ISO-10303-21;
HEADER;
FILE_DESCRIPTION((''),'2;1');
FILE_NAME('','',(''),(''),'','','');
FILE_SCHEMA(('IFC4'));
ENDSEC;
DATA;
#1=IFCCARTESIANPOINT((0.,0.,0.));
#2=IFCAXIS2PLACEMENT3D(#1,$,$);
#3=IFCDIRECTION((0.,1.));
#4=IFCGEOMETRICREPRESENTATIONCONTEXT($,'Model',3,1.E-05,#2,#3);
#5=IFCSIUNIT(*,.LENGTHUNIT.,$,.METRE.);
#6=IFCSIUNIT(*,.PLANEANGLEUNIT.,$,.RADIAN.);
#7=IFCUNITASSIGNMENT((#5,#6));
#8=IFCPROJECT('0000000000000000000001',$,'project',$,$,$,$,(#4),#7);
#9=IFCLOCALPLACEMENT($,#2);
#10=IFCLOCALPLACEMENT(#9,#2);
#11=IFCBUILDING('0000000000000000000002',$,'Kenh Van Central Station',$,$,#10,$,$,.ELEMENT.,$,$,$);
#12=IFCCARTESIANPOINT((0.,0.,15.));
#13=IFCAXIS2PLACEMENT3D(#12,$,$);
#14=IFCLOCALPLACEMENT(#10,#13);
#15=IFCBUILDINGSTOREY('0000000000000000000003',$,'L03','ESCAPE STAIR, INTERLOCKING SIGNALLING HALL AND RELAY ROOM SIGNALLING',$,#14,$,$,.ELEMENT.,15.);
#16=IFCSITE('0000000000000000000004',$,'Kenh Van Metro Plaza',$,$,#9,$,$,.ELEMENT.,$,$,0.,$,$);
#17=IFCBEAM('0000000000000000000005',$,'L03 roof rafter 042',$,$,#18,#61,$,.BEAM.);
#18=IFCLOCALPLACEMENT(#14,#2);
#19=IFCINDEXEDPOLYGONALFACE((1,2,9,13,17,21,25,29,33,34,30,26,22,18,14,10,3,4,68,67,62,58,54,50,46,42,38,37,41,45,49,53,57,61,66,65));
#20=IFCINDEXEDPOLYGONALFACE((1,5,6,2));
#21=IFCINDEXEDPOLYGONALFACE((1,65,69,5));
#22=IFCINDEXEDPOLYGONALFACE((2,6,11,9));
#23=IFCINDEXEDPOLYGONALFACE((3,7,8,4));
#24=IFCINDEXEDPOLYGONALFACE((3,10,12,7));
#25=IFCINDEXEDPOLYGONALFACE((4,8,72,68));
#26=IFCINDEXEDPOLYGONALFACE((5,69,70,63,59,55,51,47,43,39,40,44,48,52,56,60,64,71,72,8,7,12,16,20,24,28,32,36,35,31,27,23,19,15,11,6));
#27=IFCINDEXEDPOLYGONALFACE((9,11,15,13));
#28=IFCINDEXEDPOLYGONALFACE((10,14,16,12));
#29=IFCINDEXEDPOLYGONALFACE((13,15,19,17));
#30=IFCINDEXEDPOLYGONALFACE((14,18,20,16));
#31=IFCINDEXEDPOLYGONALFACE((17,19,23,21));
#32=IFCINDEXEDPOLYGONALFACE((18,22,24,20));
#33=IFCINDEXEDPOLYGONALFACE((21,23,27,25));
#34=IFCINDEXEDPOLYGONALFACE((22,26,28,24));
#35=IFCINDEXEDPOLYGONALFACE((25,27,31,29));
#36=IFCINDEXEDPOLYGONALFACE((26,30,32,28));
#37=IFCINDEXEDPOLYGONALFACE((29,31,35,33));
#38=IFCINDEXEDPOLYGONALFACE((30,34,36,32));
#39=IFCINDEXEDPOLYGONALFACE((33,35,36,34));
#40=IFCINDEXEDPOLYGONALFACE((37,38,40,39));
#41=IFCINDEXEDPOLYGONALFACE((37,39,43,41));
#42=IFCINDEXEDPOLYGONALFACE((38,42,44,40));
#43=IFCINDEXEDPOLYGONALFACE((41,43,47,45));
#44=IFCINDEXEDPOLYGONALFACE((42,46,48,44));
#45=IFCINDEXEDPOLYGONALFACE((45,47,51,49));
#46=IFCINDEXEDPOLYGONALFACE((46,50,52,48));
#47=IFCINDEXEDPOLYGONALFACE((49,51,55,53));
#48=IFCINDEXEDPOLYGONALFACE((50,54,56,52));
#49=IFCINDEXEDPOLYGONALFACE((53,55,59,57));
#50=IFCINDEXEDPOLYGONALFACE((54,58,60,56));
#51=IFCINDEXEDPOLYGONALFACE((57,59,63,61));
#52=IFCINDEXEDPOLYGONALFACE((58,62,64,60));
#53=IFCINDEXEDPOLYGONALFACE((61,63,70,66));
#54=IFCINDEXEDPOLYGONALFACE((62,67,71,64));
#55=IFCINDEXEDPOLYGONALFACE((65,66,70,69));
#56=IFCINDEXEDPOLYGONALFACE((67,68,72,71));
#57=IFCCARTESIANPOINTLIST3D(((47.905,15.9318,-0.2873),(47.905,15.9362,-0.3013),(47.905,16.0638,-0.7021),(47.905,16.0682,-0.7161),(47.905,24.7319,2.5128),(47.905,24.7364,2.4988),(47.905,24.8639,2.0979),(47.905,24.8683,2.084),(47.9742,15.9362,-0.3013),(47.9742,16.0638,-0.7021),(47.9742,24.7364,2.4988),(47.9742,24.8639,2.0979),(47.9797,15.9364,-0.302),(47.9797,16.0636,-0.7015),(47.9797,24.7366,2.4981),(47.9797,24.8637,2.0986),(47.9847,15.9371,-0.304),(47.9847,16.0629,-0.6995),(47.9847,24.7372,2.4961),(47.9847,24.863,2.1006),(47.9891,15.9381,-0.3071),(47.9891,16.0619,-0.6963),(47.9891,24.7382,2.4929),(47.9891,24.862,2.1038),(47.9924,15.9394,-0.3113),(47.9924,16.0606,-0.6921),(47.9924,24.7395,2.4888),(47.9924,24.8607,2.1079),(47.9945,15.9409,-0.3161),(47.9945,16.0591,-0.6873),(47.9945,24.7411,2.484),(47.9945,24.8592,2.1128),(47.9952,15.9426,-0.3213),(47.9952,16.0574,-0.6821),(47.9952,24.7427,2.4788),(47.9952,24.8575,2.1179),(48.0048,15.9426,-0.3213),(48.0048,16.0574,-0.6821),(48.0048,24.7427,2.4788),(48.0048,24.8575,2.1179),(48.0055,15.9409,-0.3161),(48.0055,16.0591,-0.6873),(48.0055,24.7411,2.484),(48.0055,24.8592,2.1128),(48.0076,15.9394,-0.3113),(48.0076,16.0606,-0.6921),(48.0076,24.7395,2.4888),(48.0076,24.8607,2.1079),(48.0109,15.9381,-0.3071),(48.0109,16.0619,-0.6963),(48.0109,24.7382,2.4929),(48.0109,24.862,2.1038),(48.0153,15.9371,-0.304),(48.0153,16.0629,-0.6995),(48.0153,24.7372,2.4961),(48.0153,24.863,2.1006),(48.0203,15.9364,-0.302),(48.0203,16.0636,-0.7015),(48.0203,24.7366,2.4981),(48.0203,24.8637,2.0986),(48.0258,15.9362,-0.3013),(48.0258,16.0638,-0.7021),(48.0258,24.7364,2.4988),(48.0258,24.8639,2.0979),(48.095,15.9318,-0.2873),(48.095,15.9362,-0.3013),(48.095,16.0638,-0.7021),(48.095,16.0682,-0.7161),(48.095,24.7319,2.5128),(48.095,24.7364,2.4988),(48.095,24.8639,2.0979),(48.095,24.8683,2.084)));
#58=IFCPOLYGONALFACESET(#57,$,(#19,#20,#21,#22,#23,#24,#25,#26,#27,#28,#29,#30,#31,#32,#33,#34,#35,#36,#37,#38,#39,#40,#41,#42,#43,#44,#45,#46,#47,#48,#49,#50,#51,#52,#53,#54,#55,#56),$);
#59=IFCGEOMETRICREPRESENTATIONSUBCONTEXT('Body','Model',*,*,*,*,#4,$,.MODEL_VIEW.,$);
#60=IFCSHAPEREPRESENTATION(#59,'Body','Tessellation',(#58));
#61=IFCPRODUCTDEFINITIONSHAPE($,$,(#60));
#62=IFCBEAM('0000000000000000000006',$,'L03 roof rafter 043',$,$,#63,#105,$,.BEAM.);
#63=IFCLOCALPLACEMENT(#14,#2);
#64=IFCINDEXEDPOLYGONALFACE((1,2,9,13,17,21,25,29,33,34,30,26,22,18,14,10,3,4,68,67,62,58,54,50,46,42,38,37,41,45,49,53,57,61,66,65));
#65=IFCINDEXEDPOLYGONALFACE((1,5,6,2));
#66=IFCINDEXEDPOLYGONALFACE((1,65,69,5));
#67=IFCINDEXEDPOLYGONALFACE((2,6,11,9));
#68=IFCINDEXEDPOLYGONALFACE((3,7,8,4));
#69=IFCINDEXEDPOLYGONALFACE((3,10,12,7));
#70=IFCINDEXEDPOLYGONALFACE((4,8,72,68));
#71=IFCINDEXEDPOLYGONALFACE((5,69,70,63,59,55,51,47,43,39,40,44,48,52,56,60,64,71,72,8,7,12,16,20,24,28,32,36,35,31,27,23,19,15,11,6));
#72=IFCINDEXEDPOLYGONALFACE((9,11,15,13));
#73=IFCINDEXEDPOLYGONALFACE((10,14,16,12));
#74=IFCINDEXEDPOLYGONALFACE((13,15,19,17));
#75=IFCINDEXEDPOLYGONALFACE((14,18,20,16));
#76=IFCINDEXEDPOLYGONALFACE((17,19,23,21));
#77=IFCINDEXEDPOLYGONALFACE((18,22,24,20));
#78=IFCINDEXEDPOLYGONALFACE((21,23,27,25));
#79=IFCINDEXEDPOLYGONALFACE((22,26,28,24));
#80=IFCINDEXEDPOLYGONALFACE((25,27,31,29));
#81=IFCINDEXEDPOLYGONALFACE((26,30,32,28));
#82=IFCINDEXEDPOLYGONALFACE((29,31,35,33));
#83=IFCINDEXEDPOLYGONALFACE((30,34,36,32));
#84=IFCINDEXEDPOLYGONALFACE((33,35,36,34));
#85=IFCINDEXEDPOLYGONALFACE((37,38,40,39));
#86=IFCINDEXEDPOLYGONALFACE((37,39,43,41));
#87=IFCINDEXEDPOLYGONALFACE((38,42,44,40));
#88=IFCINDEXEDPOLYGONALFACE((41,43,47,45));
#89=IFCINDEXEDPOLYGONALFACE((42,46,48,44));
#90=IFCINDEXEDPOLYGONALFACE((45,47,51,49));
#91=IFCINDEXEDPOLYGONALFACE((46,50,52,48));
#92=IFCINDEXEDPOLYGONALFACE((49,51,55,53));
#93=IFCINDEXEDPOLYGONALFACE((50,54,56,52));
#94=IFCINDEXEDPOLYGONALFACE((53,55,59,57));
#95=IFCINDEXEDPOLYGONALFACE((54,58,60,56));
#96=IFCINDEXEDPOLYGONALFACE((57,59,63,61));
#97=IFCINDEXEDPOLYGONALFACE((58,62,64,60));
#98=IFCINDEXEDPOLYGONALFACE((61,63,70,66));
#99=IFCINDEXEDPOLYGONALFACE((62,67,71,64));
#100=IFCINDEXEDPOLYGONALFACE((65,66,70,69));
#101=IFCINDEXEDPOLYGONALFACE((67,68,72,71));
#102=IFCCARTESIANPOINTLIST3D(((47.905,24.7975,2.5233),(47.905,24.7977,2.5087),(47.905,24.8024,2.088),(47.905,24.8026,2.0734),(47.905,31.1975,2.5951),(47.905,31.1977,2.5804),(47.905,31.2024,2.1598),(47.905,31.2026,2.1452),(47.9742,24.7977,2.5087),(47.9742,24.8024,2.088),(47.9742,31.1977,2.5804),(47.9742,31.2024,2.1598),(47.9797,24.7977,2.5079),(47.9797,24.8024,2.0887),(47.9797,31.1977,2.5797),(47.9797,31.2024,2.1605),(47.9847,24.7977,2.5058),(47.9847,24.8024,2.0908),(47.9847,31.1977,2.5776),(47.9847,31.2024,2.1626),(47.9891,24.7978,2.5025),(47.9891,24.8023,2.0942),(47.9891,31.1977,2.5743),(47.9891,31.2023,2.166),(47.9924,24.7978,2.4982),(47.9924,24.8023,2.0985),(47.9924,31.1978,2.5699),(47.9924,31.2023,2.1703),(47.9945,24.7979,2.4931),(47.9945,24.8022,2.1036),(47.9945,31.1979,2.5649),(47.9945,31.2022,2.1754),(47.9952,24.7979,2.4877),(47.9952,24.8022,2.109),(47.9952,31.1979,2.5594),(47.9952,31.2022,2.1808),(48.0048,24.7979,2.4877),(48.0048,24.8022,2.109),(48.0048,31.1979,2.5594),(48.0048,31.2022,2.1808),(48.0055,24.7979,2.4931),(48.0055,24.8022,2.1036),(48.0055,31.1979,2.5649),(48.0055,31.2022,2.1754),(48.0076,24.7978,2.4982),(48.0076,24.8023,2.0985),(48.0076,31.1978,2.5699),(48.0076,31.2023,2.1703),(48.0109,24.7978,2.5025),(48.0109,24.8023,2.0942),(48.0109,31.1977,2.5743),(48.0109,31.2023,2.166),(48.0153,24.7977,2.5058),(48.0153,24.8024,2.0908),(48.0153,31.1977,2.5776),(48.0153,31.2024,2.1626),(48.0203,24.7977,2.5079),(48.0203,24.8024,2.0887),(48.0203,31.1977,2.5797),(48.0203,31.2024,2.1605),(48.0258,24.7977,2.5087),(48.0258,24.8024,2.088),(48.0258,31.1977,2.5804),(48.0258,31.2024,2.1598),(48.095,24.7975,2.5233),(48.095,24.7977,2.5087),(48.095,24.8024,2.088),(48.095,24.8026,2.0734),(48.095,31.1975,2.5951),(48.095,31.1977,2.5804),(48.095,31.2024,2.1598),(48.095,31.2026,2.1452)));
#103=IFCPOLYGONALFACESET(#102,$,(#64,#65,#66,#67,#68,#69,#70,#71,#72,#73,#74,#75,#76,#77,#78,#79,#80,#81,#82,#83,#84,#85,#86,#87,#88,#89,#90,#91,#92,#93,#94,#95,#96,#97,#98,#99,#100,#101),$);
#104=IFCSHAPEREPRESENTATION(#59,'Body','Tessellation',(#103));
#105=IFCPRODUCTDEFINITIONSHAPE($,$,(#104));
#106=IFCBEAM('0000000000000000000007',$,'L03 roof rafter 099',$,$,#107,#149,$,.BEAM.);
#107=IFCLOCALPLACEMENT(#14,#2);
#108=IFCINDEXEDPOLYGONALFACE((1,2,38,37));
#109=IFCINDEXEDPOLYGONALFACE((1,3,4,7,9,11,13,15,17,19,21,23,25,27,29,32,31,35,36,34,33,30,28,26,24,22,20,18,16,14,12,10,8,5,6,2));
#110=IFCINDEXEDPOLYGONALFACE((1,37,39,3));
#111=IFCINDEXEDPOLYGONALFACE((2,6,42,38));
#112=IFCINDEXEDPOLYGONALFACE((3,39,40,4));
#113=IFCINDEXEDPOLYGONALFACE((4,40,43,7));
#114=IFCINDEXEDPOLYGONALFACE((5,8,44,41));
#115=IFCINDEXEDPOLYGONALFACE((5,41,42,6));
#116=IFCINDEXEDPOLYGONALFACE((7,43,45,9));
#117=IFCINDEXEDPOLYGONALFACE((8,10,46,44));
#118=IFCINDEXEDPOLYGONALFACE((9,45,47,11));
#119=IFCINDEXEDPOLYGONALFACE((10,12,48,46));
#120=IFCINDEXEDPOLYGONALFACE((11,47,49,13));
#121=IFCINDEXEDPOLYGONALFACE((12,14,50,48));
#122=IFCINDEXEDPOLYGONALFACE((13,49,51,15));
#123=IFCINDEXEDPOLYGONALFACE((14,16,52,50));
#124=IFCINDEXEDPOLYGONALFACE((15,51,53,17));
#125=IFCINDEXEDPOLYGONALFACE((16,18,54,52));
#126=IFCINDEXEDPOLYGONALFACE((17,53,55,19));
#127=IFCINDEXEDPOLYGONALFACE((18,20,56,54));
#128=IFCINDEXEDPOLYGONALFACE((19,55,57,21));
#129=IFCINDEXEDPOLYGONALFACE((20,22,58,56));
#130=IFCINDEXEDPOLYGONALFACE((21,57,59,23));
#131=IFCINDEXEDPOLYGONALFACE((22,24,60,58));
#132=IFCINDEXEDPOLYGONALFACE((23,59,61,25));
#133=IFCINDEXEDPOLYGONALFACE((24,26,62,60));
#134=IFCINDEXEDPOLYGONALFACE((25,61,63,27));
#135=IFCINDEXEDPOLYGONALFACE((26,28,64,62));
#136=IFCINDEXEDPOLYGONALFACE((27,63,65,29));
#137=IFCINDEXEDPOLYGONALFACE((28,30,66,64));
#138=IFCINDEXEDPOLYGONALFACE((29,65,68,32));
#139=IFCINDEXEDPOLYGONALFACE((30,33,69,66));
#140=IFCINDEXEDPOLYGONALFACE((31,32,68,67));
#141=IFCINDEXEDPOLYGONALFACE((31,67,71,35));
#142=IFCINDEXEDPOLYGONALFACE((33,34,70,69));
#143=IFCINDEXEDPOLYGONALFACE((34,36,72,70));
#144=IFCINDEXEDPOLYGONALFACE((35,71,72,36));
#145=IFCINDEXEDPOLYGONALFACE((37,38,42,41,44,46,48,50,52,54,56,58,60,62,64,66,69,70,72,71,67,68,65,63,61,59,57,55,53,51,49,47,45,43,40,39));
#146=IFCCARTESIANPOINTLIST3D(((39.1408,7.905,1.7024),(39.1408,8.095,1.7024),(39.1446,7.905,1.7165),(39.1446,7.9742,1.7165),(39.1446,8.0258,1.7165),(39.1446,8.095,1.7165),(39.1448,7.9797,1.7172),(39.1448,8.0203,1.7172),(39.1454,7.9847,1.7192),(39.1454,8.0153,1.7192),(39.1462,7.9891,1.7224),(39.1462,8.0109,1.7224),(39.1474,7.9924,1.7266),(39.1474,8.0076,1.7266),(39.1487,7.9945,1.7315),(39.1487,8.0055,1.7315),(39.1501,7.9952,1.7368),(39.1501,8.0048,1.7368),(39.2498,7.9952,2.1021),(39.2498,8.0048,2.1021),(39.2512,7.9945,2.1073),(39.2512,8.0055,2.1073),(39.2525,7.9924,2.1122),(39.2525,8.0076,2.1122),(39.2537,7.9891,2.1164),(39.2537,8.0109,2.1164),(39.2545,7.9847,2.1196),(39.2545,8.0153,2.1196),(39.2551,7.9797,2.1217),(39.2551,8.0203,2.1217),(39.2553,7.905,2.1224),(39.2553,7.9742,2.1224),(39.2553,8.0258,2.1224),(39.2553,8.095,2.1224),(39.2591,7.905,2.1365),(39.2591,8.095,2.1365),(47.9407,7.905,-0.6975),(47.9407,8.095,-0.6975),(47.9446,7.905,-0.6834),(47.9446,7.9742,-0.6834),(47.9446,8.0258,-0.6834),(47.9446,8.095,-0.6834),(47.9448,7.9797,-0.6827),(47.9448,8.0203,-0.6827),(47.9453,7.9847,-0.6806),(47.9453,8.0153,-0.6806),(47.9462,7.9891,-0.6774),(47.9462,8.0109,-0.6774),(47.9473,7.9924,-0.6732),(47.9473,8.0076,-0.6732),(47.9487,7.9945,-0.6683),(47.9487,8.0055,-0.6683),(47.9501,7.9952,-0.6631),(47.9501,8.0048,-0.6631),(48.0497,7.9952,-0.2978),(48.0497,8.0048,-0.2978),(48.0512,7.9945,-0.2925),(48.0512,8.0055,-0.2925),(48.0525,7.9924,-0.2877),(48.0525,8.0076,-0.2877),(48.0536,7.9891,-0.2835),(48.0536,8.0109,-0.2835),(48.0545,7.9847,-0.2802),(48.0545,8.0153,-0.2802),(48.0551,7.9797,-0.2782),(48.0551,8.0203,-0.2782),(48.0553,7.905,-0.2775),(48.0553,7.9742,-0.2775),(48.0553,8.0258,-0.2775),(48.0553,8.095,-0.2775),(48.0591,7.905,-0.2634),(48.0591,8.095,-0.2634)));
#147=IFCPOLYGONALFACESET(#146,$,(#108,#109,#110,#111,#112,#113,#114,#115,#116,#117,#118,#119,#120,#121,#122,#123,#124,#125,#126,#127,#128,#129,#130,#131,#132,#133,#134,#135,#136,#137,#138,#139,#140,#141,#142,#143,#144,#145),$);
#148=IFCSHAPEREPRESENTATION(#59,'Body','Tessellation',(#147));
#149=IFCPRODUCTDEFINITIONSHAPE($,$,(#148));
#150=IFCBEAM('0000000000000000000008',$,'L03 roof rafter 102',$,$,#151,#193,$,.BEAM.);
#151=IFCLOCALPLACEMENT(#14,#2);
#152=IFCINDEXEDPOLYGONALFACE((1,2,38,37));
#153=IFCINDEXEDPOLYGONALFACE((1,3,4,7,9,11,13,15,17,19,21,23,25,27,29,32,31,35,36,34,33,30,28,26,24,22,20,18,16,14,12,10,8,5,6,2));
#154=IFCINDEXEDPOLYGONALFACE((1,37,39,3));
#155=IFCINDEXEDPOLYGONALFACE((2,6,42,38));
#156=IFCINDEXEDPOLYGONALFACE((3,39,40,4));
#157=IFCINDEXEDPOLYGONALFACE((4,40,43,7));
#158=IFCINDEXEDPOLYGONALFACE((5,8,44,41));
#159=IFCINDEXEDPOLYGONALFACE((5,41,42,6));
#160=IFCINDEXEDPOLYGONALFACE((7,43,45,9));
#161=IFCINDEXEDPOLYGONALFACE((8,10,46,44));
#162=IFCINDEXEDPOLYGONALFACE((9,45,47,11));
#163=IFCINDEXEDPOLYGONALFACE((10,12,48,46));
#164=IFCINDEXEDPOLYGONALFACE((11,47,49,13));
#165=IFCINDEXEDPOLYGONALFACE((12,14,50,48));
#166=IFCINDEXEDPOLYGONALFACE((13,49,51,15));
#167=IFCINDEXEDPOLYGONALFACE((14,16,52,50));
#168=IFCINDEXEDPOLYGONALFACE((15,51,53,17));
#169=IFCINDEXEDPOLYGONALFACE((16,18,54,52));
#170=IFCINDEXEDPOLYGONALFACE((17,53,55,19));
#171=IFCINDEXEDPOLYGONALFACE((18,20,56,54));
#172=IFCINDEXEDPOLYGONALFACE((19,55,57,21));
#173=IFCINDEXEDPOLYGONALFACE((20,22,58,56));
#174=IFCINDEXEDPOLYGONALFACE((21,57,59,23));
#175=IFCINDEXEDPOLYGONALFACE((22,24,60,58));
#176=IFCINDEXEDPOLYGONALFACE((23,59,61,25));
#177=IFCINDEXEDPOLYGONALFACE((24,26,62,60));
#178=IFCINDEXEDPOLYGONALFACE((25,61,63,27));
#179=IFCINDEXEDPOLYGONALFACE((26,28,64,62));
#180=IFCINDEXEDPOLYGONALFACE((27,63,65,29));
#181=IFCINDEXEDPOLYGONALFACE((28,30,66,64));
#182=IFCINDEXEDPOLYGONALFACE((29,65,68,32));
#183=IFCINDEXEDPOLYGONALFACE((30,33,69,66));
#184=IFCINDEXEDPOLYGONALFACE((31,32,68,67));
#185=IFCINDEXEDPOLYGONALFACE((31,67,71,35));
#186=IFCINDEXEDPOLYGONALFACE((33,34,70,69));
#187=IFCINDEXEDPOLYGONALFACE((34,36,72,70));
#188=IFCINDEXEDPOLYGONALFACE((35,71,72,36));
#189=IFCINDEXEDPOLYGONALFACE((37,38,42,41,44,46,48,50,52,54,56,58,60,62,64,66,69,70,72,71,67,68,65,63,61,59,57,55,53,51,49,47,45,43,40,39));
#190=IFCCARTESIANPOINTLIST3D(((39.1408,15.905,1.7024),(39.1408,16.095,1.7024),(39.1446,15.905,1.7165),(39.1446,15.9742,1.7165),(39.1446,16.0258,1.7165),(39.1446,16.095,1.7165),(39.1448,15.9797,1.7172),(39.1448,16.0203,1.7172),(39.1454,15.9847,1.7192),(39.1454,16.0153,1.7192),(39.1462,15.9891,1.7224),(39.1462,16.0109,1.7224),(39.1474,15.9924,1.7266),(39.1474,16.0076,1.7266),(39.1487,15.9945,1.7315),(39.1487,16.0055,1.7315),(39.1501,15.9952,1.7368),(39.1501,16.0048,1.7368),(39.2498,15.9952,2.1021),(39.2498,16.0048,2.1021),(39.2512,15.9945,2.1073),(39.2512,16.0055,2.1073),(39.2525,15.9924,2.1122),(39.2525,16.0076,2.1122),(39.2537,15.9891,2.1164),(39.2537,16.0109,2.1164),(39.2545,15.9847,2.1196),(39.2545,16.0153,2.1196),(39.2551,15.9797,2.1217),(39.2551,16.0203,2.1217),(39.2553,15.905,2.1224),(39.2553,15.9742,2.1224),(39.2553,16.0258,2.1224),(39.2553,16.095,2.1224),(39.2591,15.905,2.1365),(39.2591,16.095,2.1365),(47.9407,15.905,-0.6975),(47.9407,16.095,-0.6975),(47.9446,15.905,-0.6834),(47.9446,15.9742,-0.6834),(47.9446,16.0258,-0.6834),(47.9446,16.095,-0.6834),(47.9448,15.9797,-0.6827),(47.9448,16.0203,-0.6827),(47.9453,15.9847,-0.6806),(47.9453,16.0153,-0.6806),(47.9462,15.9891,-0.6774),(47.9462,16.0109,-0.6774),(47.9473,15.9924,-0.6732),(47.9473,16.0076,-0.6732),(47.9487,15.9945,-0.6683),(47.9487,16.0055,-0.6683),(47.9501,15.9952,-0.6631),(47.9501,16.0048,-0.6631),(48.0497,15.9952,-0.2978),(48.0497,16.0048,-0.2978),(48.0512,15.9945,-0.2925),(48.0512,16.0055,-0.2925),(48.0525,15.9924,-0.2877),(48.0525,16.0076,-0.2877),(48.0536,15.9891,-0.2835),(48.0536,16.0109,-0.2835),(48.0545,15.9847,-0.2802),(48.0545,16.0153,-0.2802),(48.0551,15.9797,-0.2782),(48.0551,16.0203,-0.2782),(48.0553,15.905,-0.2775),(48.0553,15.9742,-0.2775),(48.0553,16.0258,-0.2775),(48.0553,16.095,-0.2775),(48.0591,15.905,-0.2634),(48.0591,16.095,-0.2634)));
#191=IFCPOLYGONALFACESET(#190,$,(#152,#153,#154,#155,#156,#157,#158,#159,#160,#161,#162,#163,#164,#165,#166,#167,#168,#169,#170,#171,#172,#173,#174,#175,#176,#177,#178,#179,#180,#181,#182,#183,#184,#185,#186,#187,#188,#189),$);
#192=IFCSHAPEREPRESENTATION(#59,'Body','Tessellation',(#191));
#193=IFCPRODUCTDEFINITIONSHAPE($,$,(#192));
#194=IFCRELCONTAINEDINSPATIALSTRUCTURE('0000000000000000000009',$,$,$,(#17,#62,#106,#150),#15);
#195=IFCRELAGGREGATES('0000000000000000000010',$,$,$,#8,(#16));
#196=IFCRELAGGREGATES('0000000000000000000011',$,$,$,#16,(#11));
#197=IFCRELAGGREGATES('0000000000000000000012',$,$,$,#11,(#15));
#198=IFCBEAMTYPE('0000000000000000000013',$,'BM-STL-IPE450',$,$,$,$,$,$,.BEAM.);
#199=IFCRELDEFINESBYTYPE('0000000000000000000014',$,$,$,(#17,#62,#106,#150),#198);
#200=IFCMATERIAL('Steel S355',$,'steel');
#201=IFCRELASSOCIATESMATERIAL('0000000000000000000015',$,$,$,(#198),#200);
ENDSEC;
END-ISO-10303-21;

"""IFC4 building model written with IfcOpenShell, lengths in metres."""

from ifc_helpers import new_model, si_unit, direction, frame, origin, origin_2d, place, context, subcontext, project, spatial, i_section, extrude, material, material_profile, profile_set, type_object, element, save


model = new_model("IFC4")

# Units and contexts
model_context = context("Model", 3, precision=1e-05, world=origin(), true_north=direction((0.0, 1.0)))
body_context = subcontext(model_context, "Body", "Model", "MODEL_VIEW")
ifc_project = project(units=[si_unit("LENGTHUNIT", "METRE"), si_unit("PLANEANGLEUNIT", "RADIAN")], contexts=[model_context])

# Site, building, storey
site_placement = place(None, origin())
site = spatial("IfcSite", under=ifc_project, at=site_placement, Name="Kenh Van Metro Plaza", CompositionType="ELEMENT", RefElevation=0.0)
building_placement = place(site_placement, origin())
building = spatial("IfcBuilding", under=site, at=building_placement, Name="Kenh Van Central Station", CompositionType="ELEMENT")
storey_placement = place(building_placement, frame((0.0, 0.0, 15.0)))
storey = spatial("IfcBuildingStorey", under=building, at=storey_placement, Name="L03", Description="ESCAPE STAIR, INTERLOCKING SIGNALLING HALL AND RELAY ROOM SIGNALLING", CompositionType="ELEMENT", Elevation=15.0)

# Beams
ifc_material_1 = material(Name="Steel S355", Category="steel")
ifc_material_profile_1 = material_profile(ifc_material_1, i_section(OverallWidth=0.1899, OverallDepth=0.45, WebThickness=0.0095, FlangeThickness=0.0146, FilletRadius=0.021, at=origin_2d()), Name="IPE 450")
ifc_profile_set_1 = profile_set([ifc_material_profile_1], Name="Steel S355")
beam_type = type_object("IfcBeamType", Name="BM-STL-IPE450", PredefinedType="BEAM", material=ifc_profile_set_1)
beam_1_placement = place(storey_placement, frame((48.0, 16.0, -0.5017), z_axis=(0.0, 0.952925, 0.303207), x_axis=(-1.0, 0.0, 0.0)))
element("IfcBeam", 1, at=beam_1_placement, inside=storey, type_object=beam_type, Name="L03 roof rafter 042", PredefinedType="BEAM", context=body_context, shape_type="SweptSolid", body=[
    extrude(i_section(OverallWidth=0.1899, OverallDepth=0.45, WebThickness=0.0095, FlangeThickness=0.0146, FilletRadius=0.021, at=origin_2d()), origin(), (0.0, 0.0, 1.0), 9.2349),
])
beam_2_placement = place(storey_placement, frame((48.0, 24.8, 2.2983), z_axis=(0.0, 0.999937, 0.011215), x_axis=(-1.0, 0.0, 0.0)))
element("IfcBeam", 2, at=beam_2_placement, inside=storey, type_object=beam_type, Name="L03 roof rafter 043", PredefinedType="BEAM", context=body_context, shape_type="SweptSolid", body=[
    extrude(i_section(OverallWidth=0.1899, OverallDepth=0.45, WebThickness=0.0095, FlangeThickness=0.0146, FilletRadius=0.021, at=origin_2d()), origin(), (0.0, 0.0, 1.0), 6.4004),
])
for number, where, z_axis, x_axis, name in (
    (3, (39.2, 8.0, 1.9194), (0.964767, 0.0, -0.263106), (0.0, 1.0, 0.0), "L03 roof rafter 099"),
    (4, (39.2, 16.0, 1.9194), (0.964767, 0.0, -0.263106), (0.0, 1.0, 0.0), "L03 roof rafter 102"),
):
    element("IfcBeam", number, at=place(storey_placement, frame(where, z_axis=z_axis, x_axis=x_axis)), inside=storey, type_object=beam_type, Name=name, PredefinedType="BEAM", context=body_context, shape_type="SweptSolid", body=[
        extrude(i_section(OverallWidth=0.1899, OverallDepth=0.45, WebThickness=0.0095, FlangeThickness=0.0146, FilletRadius=0.021, at=origin_2d()), origin(), (0.0, 0.0, 1.0), 9.1213),
    ])

save(model, "model.ifc")
